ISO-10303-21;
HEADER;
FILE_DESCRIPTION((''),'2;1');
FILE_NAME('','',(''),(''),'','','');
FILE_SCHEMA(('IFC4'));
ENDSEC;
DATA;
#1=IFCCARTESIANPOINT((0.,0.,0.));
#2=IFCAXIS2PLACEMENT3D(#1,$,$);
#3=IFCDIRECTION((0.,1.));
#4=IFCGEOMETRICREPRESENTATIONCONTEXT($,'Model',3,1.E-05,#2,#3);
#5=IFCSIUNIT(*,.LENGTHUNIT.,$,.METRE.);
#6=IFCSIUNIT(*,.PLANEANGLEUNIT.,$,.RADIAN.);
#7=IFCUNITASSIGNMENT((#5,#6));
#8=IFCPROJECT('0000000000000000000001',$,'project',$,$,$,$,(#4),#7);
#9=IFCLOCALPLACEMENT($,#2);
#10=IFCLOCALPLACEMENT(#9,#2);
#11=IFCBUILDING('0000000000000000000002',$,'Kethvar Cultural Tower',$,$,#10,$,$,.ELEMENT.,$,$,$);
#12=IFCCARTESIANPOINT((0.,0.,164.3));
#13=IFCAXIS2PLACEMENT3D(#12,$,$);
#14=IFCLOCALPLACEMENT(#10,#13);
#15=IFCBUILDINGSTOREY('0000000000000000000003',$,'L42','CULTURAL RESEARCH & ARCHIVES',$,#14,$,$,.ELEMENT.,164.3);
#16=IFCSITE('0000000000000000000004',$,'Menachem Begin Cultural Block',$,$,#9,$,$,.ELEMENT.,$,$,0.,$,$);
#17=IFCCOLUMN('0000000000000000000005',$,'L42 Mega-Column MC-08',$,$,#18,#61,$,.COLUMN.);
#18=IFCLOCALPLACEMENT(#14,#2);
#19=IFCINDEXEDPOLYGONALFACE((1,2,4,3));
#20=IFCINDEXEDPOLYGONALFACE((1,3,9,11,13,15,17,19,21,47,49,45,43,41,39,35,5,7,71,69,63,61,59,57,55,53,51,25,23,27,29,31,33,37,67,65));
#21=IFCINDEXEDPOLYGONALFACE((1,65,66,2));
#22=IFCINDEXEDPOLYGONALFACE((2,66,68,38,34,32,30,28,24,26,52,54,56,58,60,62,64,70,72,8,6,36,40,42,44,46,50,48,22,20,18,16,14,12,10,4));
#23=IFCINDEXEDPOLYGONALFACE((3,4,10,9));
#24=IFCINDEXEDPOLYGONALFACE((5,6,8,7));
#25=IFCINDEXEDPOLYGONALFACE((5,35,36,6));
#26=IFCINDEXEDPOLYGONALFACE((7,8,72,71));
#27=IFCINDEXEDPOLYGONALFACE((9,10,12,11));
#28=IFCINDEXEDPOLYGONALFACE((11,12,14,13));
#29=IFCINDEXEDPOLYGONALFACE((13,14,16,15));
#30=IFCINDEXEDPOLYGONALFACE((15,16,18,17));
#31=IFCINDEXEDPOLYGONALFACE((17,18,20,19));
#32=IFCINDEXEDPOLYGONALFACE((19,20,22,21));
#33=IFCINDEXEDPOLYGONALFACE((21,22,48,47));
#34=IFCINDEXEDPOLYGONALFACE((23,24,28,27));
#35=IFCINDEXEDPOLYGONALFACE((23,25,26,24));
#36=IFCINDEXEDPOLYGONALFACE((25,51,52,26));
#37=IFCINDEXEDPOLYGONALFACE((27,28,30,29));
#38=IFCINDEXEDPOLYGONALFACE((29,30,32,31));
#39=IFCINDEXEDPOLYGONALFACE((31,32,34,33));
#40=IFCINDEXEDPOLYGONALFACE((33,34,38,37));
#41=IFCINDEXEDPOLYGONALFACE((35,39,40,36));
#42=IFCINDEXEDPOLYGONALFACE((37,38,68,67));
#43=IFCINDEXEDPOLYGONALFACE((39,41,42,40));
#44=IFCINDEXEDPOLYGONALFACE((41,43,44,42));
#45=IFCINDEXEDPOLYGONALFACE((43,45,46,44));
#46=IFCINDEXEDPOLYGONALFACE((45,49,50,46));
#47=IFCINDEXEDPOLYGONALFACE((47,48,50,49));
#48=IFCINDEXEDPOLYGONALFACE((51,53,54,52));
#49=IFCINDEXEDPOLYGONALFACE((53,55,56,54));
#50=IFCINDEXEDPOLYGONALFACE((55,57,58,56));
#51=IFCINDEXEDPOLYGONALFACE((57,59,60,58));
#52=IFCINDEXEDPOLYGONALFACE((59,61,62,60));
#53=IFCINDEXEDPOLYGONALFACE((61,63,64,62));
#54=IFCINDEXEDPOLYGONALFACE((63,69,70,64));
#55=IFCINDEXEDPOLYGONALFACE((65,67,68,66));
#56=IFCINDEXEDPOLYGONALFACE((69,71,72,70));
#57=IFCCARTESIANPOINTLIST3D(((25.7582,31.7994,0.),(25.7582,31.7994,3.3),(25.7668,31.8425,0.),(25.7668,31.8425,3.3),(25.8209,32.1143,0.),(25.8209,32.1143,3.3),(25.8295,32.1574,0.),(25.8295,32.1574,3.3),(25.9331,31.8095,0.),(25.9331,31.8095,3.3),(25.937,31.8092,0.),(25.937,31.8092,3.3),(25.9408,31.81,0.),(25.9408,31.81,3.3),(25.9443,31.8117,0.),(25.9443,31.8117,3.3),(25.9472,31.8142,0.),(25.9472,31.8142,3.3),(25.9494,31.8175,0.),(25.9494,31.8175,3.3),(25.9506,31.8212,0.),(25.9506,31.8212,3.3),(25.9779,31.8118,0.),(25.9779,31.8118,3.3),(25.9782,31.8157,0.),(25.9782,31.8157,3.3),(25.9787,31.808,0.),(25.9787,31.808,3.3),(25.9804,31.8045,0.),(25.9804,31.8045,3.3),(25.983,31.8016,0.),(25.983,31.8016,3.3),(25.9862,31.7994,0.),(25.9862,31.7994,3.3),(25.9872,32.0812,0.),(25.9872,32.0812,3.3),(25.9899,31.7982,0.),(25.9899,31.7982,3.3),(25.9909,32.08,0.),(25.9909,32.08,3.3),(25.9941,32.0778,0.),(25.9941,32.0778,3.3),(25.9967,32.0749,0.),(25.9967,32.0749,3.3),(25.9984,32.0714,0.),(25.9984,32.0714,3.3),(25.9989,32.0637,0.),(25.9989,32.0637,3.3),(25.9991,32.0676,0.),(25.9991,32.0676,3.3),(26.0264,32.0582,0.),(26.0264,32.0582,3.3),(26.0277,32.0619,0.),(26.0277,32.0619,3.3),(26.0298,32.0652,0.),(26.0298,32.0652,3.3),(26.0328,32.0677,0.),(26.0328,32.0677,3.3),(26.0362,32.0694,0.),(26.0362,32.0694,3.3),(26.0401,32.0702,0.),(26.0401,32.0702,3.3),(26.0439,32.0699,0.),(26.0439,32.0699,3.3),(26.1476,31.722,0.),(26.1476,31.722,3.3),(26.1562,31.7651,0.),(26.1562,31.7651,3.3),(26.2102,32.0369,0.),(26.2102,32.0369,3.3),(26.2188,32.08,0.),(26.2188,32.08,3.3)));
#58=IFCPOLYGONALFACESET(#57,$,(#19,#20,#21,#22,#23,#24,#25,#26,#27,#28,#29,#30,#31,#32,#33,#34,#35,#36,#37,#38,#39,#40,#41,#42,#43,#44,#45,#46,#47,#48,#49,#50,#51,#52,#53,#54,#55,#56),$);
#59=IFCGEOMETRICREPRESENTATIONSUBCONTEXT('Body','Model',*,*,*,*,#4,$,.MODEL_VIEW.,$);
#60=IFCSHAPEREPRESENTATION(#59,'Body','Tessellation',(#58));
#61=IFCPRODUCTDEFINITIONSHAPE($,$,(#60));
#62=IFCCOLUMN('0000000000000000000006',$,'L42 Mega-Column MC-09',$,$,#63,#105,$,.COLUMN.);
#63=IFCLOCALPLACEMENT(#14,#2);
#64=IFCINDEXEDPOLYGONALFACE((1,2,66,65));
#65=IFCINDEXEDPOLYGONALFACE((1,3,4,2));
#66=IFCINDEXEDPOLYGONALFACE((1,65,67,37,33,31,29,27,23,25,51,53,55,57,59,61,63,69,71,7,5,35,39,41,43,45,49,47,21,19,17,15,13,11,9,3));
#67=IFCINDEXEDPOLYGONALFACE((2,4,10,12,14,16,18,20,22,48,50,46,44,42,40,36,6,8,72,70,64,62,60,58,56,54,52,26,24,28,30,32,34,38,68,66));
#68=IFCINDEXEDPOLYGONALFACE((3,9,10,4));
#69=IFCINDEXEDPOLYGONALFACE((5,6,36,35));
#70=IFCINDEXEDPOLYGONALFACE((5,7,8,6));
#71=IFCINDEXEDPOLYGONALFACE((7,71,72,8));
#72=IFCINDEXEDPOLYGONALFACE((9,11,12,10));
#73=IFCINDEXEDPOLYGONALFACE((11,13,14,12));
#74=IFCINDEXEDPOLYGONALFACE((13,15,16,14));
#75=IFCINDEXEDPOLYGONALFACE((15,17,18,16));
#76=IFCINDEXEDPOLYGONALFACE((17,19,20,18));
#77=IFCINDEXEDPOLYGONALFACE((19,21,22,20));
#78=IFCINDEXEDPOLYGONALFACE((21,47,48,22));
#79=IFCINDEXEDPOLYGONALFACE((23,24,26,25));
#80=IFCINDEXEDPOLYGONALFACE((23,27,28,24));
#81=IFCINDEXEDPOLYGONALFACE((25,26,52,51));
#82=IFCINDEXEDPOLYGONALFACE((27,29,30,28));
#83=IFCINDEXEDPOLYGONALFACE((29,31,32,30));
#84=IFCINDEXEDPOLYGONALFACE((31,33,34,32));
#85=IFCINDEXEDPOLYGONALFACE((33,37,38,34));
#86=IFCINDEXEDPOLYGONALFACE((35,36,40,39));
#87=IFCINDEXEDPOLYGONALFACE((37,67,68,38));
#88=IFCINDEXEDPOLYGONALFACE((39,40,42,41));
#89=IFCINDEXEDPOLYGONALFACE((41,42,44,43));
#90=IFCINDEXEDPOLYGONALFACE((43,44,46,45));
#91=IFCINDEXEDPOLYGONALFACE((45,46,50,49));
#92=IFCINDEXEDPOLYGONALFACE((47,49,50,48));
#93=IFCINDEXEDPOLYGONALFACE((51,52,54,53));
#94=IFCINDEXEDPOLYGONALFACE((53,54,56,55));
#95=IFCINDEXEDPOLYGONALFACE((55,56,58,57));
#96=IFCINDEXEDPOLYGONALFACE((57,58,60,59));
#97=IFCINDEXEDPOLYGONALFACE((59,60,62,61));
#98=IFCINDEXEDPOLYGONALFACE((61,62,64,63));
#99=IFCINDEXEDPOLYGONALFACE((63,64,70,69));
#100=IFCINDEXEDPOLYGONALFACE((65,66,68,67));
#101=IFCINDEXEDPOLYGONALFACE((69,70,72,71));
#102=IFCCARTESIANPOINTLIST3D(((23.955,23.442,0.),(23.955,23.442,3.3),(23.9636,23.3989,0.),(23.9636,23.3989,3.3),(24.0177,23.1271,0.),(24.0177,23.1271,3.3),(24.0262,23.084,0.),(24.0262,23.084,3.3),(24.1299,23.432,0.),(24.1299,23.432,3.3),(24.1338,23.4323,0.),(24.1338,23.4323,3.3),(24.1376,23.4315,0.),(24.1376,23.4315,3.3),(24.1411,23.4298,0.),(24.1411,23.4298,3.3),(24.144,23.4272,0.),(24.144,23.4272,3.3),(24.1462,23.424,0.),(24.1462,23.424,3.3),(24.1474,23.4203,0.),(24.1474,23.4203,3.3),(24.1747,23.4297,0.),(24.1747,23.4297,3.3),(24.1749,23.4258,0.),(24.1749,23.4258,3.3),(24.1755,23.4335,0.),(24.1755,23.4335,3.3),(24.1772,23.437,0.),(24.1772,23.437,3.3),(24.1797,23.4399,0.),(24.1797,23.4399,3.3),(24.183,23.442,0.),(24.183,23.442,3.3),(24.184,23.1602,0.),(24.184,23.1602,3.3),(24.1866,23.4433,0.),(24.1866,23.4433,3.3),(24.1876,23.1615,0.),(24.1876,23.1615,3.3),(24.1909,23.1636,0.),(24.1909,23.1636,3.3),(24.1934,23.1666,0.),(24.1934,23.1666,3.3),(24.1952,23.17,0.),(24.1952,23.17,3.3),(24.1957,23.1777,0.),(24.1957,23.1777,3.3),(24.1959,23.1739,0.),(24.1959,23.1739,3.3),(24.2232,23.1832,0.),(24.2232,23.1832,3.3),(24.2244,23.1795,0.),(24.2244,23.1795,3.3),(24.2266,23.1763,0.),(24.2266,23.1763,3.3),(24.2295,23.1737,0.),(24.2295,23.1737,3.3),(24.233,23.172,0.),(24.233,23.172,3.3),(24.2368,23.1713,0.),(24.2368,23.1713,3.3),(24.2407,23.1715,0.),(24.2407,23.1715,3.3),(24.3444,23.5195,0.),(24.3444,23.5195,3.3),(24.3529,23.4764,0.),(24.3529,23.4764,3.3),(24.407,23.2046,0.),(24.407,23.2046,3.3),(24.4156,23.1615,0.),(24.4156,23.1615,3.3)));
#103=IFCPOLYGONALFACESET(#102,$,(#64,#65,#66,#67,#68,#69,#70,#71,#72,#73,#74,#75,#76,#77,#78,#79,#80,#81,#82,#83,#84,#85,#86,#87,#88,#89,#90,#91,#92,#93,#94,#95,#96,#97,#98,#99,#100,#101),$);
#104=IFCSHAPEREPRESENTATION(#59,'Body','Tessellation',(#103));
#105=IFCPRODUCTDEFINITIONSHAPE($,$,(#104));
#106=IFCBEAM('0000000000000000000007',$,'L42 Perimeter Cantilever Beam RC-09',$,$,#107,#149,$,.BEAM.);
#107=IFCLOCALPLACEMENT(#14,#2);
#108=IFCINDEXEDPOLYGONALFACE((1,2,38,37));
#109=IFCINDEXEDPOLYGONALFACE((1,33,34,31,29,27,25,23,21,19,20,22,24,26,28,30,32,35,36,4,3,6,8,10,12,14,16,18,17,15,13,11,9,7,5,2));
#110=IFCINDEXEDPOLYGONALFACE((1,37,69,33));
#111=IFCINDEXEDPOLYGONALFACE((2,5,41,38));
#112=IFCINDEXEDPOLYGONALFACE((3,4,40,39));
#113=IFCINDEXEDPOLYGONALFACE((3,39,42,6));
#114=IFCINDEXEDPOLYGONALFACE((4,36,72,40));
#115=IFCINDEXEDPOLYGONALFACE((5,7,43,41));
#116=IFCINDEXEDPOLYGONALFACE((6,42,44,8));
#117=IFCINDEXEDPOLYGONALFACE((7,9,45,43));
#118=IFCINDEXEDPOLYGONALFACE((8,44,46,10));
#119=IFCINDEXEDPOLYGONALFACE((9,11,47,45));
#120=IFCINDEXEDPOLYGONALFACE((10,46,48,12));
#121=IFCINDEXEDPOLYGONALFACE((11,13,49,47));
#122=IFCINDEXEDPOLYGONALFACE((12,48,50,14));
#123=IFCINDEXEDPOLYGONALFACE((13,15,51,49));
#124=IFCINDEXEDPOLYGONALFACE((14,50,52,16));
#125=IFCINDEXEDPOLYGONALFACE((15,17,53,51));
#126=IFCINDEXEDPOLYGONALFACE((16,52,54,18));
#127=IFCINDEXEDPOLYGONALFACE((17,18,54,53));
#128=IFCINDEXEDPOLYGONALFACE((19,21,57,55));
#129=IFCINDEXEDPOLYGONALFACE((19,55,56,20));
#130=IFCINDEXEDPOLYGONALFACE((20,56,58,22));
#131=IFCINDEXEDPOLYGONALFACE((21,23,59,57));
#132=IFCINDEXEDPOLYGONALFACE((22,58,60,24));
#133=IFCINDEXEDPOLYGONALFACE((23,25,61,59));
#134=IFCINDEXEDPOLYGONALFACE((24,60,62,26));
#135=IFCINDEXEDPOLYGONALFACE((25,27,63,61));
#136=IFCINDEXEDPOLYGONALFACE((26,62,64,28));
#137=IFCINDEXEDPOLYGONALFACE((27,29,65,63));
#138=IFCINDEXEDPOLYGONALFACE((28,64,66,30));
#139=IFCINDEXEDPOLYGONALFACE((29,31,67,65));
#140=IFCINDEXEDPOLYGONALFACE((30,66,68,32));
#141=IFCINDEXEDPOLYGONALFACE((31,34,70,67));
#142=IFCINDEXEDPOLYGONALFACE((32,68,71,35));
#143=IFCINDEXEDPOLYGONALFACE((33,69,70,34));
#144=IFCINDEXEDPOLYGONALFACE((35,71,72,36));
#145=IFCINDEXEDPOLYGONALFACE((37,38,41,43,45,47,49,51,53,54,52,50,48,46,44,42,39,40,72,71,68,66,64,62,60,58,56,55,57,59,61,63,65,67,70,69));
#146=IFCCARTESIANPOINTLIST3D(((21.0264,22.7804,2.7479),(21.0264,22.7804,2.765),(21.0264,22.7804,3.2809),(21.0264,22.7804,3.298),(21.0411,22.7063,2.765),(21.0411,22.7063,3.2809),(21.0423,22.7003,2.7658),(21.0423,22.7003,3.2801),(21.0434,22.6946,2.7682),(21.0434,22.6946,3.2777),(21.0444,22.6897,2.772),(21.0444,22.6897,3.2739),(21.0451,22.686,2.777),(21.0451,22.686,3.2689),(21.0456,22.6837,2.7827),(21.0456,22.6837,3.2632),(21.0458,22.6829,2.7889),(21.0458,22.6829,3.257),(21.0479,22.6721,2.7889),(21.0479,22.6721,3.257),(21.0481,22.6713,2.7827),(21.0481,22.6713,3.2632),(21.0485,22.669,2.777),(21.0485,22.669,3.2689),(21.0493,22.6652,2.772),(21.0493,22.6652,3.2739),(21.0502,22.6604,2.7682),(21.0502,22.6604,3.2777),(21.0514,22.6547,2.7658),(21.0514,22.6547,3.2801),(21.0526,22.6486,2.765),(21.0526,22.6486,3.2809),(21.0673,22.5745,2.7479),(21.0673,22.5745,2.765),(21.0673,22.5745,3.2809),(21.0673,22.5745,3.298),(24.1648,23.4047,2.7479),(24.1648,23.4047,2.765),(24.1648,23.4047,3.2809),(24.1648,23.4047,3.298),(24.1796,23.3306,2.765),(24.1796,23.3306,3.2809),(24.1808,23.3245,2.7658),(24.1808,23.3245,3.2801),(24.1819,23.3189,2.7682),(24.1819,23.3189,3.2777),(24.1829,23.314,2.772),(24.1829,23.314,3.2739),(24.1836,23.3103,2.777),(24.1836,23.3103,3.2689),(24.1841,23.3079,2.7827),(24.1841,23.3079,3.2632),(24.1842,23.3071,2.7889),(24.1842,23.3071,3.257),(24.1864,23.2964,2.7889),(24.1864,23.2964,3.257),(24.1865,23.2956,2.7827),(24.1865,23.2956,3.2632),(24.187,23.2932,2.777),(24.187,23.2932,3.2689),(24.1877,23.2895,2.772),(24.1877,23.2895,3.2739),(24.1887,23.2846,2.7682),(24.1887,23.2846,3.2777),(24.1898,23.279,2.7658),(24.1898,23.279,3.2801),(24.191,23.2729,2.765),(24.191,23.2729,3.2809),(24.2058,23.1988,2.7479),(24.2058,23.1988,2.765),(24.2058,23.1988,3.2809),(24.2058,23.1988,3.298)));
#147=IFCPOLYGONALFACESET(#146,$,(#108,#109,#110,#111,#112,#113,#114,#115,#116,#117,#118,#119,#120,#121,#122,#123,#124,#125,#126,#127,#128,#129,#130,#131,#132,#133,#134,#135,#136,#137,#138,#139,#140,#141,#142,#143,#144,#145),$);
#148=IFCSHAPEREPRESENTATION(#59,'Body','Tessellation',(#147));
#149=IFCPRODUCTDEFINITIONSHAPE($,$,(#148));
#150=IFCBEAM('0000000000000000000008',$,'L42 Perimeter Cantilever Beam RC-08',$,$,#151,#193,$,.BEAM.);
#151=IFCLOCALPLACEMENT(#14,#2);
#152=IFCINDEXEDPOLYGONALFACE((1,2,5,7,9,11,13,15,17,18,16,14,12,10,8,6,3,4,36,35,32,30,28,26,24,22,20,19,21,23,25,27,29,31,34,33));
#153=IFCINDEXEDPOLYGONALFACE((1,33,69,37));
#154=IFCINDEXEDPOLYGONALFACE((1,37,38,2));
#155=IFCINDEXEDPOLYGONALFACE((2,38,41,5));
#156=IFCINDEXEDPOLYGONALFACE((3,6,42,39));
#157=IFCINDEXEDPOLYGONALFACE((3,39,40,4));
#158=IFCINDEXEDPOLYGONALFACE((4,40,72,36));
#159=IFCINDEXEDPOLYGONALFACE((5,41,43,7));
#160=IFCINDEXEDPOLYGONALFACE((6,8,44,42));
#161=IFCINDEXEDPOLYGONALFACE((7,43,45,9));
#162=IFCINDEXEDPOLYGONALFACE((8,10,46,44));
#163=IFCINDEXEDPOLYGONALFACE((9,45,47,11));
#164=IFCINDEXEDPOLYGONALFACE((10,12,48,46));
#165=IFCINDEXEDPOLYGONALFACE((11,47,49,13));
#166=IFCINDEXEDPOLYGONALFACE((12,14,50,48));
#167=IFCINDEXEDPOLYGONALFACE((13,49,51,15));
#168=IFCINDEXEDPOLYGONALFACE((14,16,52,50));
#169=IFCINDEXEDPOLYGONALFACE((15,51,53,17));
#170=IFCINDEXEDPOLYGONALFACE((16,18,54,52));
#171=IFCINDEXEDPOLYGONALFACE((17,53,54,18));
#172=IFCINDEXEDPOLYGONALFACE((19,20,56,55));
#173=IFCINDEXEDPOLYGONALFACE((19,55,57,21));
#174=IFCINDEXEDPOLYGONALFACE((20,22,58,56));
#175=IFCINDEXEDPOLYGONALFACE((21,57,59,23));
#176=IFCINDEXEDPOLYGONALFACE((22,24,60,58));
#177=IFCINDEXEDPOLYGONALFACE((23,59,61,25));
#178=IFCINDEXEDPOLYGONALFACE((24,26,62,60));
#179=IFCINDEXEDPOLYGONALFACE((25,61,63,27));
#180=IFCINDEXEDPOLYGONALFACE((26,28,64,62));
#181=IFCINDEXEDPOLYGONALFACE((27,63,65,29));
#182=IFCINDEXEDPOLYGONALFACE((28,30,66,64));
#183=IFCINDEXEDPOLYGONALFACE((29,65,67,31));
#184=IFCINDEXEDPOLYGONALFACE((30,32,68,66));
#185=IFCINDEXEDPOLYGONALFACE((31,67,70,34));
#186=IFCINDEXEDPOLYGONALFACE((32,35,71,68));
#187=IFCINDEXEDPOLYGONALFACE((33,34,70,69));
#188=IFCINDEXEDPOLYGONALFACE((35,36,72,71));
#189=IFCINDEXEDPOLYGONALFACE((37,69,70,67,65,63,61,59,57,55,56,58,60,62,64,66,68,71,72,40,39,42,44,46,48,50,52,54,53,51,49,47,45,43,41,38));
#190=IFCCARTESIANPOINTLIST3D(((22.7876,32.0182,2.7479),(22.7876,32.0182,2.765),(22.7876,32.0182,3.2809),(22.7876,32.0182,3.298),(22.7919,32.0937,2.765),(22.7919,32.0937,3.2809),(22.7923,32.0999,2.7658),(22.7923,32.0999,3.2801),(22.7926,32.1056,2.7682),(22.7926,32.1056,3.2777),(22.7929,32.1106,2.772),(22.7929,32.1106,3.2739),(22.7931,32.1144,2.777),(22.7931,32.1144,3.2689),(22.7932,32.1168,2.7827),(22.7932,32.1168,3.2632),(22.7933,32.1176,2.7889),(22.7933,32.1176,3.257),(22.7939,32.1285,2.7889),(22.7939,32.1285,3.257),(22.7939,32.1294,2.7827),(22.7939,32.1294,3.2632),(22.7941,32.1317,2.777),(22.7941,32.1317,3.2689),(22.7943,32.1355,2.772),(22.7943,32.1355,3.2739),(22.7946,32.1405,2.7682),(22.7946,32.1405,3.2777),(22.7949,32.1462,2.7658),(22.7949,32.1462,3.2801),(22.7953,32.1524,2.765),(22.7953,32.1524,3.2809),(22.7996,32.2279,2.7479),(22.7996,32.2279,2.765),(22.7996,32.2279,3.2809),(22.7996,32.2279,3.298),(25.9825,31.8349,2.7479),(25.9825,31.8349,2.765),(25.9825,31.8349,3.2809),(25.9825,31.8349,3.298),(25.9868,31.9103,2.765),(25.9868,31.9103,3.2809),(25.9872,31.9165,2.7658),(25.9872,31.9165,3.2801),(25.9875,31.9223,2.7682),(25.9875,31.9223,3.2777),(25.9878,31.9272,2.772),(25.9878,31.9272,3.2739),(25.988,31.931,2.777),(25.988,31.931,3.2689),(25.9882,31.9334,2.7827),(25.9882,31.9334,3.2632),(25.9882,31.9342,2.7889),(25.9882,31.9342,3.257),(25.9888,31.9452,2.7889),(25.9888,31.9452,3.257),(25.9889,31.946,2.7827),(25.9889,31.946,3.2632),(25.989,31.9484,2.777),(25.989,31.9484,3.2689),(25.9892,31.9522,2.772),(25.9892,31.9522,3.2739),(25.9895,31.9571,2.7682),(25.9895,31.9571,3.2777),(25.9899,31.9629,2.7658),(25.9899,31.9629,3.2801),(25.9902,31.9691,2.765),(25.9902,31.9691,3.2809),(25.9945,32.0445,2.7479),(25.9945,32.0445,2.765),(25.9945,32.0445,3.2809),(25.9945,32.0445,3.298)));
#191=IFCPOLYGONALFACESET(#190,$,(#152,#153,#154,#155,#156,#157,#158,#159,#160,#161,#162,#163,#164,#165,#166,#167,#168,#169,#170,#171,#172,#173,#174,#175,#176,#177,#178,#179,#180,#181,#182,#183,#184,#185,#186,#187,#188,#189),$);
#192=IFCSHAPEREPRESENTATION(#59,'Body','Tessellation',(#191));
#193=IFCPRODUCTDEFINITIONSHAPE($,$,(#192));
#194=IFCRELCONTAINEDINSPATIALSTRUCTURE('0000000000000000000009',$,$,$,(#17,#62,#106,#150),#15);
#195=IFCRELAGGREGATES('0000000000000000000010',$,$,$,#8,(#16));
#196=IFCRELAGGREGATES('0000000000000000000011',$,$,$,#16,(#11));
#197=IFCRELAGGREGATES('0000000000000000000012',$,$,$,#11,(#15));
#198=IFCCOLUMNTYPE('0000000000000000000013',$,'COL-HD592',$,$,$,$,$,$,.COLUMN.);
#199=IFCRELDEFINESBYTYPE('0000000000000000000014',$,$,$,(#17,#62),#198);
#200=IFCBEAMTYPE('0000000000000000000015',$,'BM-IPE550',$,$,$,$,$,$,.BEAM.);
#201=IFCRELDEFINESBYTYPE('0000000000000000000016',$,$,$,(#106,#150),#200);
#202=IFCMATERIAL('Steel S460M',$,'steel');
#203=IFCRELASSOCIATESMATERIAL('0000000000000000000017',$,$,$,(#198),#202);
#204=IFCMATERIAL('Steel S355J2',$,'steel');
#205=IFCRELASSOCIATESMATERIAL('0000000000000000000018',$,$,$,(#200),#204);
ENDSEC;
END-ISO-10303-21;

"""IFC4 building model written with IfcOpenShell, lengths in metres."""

from ifc_helpers import new_model, si_unit, direction, frame, origin, origin_2d, place, context, subcontext, project, spatial, i_section, extrude, source, transform, mapped, material, material_profile, profile_set, type_object, element, save


model = new_model("IFC4")

# Units and contexts
model_context = context("Model", 3, precision=1e-05, world=origin(), true_north=direction((0.0, 1.0)))
body_context = subcontext(model_context, "Body", "Model", "MODEL_VIEW")
ifc_project = project(units=[si_unit("LENGTHUNIT", "METRE"), si_unit("PLANEANGLEUNIT", "RADIAN")], contexts=[model_context])

# Site, building, storey
site_placement = place(None, origin())
site = spatial("IfcSite", under=ifc_project, at=site_placement, Name="Menachem Begin Cultural Block", CompositionType="ELEMENT", RefElevation=0.0)
building_placement = place(site_placement, origin())
building = spatial("IfcBuilding", under=site, at=building_placement, Name="Kethvar Cultural Tower", CompositionType="ELEMENT")
storey_placement = place(building_placement, frame((0.0, 0.0, 164.3)))
storey = spatial("IfcBuildingStorey", under=building, at=storey_placement, Name="L42", Description="CULTURAL RESEARCH & ARCHIVES", CompositionType="ELEMENT", Elevation=164.3)

# Columns
ifc_material_1 = material(Name="Steel S460M", Category="steel")
ifc_material_profile_1 = material_profile(ifc_material_1, i_section(OverallWidth=0.397, OverallDepth=0.365, WebThickness=0.0281, FlangeThickness=0.0439, FilletRadius=0.0149, at=origin_2d()), Name="Steel S460M — HD400x592")
ifc_profile_set_1 = profile_set([ifc_material_profile_1], Name="Steel S460M — HD400x592")
column_type = type_object("IfcColumnType", Name="COL-HD592", PredefinedType="COLUMN", material=ifc_profile_set_1)
shared_shape_1 = source(origin(), body_context, "Body", "SweptSolid", [
    extrude(i_section(OverallWidth=0.397, OverallDepth=0.365, WebThickness=0.0281, FlangeThickness=0.0439, FilletRadius=0.0149, at=origin_2d()), origin(), (0.0, 0.0, 1.0), 3.3),
])
for number, where, z_axis, x_axis, name in (
    (1, (25.9885, 31.9397, 0.0), (0.0, 0.0, 1.0), (-0.980785, 0.19509, 0.0), "L42 Mega-Column MC-08"),
    (2, (24.1853, 23.3018, 0.0), (0.0, 0.0, 1.0), (-0.980785, -0.19509, 0.0), "L42 Mega-Column MC-09"),
):
    element("IfcColumn", number, at=place(storey_placement, frame(where, z_axis=z_axis, x_axis=x_axis)), inside=storey, type_object=column_type, Name=name, PredefinedType="COLUMN", context=body_context, shape_type="MappedRepresentation", body=[
        mapped(shared_shape_1, transform((0.0, 0.0, 0.0), scale=1.0)),
    ])

# Beams
ifc_material_2 = material(Name="Steel S355J2", Category="steel")
ifc_material_profile_2 = material_profile(ifc_material_2, i_section(OverallWidth=0.21, OverallDepth=0.55, WebThickness=0.011, FlangeThickness=0.0171, FilletRadius=0.0239, at=origin_2d()), Name="Steel S355J2 — IPE550")
ifc_profile_set_2 = profile_set([ifc_material_profile_2], Name="Steel S355J2 — IPE550")
beam_type_1 = type_object("IfcBeamType", Name="BM-IPE550", PredefinedType="BEAM", material=ifc_profile_set_2)
shared_shape_2 = source(origin(), body_context, "Body", "SweptSolid", [
    extrude(i_section(OverallWidth=0.21, OverallDepth=0.55, WebThickness=0.011, FlangeThickness=0.0171, FilletRadius=0.0239, at=origin_2d()), origin(), (0.0, 0.0, 1.0), 3.2),
])
beam_1_placement = place(storey_placement, frame((24.1853, 23.3018, 3.0229), z_axis=(-0.980786, -0.195089, 0.0), x_axis=(0.195089, -0.980786, 0.0)))
element("IfcBeam", 3, at=beam_1_placement, inside=storey, type_object=beam_type_1, Name="L42 Perimeter Cantilever Beam RC-09", PredefinedType="BEAM", context=body_context, shape_type="MappedRepresentation", body=[
    mapped(shared_shape_2, transform((0.0, 0.0, 0.0), scale=1.0)),
])
shared_shape_3 = source(origin(), body_context, "Body", "SweptSolid", [
    extrude(i_section(OverallWidth=0.21, OverallDepth=0.55, WebThickness=0.011, FlangeThickness=0.0171, FilletRadius=0.0239, at=origin_2d()), origin(), (0.0, 0.0, 1.0), 3.2002),
])
beam_2_placement = place(storey_placement, frame((25.9885, 31.9397, 3.0229), z_axis=(-0.998357, 0.057295, 0.0), x_axis=(-0.057295, -0.998357, 0.0)))
element("IfcBeam", 4, at=beam_2_placement, inside=storey, type_object=beam_type_1, Name="L42 Perimeter Cantilever Beam RC-08", PredefinedType="BEAM", context=body_context, shape_type="MappedRepresentation", body=[
    mapped(shared_shape_3, transform((0.0, 0.0, 0.0), scale=1.0)),
])

save(model, "model.ifc")
